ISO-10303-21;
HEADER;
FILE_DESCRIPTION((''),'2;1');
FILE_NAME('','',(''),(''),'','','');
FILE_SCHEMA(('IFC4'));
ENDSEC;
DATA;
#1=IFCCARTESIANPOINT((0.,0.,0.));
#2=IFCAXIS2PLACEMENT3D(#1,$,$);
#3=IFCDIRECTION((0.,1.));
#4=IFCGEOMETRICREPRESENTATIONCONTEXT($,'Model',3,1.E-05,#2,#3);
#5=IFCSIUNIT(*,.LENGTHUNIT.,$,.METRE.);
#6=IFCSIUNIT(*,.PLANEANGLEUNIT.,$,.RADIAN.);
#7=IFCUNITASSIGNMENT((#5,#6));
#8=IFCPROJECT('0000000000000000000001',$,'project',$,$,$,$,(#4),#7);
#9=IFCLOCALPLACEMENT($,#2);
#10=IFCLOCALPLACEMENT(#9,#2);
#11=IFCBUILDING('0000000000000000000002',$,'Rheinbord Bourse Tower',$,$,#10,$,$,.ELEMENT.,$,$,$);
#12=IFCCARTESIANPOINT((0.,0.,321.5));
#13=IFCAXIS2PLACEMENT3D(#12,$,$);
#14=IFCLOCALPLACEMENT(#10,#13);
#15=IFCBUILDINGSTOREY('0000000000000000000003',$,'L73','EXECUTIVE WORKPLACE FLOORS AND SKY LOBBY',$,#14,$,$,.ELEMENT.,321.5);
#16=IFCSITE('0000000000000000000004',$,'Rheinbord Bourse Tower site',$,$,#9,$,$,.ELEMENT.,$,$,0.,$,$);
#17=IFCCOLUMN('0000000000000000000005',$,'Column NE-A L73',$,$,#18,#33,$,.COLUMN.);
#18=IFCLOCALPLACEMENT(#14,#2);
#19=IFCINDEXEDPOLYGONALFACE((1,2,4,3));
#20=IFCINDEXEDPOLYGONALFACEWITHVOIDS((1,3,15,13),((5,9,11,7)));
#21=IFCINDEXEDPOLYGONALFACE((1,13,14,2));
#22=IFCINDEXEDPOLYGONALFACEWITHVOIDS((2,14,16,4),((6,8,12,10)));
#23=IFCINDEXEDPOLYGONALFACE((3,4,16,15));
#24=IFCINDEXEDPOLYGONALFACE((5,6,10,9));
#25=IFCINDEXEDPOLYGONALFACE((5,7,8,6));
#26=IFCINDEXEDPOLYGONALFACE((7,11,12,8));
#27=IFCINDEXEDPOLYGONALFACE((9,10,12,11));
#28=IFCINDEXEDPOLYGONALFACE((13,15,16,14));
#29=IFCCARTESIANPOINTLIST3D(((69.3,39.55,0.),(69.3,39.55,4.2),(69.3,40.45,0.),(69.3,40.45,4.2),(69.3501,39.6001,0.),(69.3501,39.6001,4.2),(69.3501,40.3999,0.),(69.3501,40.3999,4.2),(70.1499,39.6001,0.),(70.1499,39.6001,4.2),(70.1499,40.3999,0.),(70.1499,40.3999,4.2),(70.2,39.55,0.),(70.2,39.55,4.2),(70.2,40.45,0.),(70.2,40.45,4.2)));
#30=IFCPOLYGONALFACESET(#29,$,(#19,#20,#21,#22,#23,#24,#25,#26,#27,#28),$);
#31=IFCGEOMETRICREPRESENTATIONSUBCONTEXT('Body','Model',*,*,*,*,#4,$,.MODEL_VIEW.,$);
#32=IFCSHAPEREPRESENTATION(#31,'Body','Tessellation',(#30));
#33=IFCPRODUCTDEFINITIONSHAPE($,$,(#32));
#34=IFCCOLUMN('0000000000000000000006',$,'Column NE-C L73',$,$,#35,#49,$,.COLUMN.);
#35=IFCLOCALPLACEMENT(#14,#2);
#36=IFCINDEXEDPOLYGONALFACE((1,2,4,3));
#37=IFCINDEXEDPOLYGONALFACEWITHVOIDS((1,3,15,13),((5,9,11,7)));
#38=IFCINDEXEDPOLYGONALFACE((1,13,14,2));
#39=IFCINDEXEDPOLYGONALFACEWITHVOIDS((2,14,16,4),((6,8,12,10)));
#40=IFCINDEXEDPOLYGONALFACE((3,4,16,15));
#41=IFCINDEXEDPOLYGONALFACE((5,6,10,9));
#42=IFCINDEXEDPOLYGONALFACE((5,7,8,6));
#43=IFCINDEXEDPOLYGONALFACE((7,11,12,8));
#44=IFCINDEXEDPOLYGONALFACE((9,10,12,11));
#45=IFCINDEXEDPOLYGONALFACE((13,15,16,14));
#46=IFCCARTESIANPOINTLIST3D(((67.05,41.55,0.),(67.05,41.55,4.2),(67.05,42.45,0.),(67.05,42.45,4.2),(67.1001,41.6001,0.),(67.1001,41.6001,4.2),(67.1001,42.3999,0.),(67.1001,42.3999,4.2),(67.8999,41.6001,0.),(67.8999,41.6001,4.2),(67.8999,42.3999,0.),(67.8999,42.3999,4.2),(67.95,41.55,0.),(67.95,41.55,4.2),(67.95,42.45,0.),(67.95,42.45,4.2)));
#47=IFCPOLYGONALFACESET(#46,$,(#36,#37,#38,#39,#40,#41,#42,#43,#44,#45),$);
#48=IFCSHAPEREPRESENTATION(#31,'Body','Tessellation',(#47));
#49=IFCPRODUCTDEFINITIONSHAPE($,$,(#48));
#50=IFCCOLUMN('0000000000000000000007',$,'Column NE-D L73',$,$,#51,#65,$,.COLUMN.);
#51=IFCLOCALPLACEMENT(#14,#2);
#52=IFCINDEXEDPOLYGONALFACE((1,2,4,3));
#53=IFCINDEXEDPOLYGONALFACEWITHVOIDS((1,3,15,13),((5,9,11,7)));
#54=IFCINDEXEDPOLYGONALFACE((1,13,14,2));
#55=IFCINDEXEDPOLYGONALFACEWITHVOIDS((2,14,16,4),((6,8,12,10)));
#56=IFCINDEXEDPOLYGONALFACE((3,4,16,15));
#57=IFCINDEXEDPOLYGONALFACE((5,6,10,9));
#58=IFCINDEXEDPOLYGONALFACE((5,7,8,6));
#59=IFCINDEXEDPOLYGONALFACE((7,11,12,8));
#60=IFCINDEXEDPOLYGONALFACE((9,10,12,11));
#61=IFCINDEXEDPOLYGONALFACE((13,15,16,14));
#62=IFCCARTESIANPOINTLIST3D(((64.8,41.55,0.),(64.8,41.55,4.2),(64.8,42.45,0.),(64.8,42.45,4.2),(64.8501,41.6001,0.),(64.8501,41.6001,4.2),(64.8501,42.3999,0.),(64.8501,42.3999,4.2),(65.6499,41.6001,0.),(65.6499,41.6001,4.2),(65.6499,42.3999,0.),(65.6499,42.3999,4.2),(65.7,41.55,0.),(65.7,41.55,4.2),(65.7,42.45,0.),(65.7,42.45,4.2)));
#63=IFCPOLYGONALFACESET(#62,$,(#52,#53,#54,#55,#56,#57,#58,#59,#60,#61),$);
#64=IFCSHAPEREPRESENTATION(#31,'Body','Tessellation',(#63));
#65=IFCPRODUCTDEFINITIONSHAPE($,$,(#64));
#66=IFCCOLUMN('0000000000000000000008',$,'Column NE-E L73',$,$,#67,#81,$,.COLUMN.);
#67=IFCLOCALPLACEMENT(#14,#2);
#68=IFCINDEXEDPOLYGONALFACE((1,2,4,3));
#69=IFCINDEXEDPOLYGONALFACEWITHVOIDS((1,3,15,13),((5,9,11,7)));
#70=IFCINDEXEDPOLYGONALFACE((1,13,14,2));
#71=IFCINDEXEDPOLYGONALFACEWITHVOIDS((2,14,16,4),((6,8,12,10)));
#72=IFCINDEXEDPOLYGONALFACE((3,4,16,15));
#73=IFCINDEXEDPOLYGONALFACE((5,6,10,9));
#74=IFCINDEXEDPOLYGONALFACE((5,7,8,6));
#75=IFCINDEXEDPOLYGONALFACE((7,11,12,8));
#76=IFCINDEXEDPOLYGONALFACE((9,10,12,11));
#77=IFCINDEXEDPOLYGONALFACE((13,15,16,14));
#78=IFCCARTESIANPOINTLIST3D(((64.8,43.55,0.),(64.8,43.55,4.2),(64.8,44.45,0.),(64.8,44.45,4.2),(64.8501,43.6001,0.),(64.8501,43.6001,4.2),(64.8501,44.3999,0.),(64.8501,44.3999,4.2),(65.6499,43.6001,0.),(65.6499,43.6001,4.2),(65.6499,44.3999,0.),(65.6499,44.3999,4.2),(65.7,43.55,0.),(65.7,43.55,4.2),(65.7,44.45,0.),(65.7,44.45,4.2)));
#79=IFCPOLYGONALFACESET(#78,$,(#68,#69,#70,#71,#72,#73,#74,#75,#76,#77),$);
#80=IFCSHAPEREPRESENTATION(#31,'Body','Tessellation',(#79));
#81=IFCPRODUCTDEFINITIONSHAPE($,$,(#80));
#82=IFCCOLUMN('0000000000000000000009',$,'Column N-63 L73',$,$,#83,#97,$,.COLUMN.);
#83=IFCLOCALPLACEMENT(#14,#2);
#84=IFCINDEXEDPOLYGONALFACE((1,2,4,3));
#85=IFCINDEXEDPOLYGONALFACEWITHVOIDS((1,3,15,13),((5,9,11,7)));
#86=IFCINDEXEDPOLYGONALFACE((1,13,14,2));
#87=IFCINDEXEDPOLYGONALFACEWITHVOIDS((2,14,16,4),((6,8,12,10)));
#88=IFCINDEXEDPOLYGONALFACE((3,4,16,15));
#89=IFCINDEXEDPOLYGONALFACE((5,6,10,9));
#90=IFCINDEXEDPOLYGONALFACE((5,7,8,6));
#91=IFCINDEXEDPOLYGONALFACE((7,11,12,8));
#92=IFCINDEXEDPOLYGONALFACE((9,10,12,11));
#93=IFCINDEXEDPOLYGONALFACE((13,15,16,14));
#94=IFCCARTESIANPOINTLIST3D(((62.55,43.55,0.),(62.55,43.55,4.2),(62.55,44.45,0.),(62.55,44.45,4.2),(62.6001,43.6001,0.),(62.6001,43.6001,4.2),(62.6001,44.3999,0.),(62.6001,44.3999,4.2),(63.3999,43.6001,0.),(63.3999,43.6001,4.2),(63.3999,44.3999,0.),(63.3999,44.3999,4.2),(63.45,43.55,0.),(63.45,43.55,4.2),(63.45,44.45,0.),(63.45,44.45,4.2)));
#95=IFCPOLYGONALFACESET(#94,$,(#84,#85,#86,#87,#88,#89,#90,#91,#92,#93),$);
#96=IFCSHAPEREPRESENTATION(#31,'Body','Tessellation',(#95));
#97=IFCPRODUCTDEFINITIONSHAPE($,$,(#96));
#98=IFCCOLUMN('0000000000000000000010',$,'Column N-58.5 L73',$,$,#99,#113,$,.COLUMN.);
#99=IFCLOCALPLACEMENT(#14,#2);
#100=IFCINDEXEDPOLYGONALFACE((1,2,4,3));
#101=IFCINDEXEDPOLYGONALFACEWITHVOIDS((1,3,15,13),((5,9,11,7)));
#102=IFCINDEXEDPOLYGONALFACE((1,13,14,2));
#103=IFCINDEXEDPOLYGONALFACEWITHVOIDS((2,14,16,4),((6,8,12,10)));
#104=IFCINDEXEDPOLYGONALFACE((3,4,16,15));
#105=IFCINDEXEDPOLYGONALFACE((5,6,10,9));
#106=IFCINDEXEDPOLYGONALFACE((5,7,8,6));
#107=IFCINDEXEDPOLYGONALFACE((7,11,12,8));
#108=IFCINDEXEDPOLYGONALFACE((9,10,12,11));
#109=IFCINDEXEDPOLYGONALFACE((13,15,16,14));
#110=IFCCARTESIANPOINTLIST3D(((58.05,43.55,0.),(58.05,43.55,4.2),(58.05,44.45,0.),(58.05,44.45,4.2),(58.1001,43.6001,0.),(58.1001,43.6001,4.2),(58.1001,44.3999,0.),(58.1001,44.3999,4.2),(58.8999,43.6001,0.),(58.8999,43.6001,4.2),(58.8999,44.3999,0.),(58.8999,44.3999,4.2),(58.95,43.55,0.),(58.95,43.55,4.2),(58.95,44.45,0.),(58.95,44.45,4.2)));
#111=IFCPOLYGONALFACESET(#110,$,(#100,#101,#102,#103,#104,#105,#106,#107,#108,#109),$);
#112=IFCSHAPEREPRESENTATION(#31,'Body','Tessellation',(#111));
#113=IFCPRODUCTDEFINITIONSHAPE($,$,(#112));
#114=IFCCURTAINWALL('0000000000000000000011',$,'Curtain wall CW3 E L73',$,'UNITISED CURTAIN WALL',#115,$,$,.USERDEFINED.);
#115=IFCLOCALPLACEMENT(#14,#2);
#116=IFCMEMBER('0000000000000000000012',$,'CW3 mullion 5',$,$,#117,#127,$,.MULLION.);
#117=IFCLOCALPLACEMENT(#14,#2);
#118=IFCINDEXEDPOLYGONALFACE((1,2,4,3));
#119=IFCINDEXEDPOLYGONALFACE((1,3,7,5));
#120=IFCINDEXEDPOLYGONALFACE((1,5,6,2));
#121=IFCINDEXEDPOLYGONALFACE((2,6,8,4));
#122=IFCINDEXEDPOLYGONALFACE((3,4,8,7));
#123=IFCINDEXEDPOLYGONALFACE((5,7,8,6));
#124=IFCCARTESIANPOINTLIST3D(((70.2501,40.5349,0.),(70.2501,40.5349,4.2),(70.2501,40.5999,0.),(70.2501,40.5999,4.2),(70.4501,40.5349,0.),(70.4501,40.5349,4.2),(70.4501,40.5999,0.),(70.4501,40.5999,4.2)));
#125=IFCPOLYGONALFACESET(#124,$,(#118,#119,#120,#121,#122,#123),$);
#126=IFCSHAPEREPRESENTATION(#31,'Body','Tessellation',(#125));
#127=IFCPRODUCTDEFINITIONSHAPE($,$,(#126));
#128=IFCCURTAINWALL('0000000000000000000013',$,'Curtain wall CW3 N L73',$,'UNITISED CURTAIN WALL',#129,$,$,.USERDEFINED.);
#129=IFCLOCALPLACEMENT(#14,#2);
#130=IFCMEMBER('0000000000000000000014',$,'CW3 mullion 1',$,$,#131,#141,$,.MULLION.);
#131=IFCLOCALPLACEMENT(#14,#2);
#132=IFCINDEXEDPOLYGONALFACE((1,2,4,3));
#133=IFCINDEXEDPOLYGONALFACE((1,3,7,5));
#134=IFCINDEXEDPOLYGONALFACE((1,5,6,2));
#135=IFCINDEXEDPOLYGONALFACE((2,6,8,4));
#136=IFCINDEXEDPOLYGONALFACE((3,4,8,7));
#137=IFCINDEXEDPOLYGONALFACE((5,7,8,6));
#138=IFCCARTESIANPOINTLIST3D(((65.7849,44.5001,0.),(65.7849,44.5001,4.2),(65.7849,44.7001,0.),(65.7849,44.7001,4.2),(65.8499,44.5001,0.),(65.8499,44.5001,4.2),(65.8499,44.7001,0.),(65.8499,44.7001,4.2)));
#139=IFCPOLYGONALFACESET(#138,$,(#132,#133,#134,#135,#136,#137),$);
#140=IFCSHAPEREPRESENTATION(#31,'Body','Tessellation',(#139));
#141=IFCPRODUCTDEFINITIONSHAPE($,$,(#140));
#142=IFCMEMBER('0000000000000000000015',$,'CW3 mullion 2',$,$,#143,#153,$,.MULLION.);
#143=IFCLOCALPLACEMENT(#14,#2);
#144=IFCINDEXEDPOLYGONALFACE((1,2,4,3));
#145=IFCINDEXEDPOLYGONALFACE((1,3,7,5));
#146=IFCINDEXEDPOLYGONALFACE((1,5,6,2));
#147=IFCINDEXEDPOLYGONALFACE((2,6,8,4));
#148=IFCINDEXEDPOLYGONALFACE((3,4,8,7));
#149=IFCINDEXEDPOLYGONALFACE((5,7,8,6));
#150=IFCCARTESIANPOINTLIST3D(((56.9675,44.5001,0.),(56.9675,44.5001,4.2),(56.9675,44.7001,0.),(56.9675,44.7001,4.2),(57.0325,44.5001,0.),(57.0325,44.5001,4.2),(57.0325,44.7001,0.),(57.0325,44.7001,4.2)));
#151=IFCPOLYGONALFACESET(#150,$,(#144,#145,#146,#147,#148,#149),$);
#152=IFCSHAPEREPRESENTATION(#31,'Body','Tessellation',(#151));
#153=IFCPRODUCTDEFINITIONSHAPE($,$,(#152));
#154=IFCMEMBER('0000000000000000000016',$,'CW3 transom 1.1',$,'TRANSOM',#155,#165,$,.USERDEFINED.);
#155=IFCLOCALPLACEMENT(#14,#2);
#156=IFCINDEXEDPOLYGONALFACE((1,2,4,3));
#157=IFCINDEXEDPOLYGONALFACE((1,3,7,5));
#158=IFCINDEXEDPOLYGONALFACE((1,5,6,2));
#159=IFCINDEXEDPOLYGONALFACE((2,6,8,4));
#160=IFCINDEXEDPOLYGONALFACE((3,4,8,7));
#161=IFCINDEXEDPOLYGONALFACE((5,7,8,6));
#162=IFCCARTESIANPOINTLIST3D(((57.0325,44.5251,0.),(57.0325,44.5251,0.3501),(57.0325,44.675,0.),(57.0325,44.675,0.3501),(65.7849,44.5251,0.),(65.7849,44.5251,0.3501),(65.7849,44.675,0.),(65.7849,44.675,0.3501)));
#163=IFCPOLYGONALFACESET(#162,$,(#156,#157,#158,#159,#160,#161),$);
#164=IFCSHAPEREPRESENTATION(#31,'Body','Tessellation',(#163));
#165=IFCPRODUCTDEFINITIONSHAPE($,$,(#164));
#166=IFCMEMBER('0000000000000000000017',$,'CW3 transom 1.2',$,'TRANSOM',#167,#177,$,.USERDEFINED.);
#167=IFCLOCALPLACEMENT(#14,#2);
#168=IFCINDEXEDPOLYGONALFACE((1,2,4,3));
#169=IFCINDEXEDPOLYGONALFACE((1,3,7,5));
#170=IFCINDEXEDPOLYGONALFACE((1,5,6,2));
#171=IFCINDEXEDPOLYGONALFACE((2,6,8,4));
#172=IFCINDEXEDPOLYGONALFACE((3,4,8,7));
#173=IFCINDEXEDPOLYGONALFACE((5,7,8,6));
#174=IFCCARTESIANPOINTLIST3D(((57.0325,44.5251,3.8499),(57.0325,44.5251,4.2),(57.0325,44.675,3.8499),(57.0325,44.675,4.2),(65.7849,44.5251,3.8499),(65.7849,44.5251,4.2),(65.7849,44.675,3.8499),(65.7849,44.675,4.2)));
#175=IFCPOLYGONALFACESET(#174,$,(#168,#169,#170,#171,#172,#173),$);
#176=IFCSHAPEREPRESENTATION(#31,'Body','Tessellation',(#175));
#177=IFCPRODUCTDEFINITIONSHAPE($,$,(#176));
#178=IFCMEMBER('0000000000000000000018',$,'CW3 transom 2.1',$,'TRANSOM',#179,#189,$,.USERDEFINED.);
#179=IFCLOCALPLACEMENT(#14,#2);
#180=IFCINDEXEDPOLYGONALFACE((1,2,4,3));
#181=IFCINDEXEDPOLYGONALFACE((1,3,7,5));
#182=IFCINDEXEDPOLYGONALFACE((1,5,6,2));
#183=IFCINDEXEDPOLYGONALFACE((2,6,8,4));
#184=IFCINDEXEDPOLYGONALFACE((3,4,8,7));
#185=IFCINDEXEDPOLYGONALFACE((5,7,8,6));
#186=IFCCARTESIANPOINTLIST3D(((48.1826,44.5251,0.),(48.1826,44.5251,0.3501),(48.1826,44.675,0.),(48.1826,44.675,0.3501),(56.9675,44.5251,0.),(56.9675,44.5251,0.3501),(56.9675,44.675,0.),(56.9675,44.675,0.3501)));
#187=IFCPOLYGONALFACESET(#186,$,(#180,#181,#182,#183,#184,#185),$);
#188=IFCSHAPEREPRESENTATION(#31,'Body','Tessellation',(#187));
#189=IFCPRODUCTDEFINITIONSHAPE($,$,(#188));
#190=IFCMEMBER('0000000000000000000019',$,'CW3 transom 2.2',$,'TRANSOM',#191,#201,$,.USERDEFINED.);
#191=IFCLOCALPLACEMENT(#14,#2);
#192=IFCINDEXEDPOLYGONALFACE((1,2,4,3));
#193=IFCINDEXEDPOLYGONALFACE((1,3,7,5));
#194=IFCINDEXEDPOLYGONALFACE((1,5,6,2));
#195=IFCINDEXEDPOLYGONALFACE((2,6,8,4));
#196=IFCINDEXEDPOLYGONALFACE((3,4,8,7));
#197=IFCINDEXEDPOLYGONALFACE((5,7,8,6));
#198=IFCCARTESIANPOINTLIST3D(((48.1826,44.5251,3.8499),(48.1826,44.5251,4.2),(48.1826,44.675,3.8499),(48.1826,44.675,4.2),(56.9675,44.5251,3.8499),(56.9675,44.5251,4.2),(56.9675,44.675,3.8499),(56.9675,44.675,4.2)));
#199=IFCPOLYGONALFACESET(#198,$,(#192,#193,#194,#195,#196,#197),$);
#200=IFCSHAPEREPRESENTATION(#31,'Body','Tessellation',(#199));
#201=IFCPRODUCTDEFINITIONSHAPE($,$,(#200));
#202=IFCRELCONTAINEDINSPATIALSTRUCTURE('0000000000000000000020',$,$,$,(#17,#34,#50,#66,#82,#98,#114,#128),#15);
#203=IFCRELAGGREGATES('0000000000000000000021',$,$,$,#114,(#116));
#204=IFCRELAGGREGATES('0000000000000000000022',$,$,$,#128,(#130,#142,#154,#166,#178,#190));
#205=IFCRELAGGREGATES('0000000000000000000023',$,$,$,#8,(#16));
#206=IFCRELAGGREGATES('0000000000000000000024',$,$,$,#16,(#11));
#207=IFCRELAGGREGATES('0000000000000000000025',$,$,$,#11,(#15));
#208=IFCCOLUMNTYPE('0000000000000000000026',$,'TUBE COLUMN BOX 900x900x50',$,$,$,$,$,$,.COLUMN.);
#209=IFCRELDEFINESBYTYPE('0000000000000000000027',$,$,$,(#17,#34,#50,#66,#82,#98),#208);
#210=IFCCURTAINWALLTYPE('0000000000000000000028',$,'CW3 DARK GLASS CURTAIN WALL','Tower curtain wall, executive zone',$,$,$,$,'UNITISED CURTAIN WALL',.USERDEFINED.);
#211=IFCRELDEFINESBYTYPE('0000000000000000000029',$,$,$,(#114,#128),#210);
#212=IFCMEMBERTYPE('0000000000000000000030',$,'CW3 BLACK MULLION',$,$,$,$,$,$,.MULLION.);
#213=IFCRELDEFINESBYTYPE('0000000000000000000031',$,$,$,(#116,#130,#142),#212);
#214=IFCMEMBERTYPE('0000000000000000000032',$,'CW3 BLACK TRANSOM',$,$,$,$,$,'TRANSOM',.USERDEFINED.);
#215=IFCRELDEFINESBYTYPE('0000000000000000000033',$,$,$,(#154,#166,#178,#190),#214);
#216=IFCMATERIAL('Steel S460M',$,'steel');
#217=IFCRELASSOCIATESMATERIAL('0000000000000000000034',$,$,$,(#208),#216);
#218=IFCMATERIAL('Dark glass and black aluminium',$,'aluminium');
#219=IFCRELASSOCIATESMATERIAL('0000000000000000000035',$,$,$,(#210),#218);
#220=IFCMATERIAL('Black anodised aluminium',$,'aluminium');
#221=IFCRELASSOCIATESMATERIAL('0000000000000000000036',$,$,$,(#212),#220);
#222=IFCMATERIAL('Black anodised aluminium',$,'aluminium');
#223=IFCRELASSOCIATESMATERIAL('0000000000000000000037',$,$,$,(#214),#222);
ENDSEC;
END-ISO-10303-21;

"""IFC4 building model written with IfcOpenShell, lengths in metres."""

from ifc_helpers import new_model, si_unit, direction, frame, origin, origin_2d, place, context, subcontext, project, spatial, rectangle, hollow_rectangle, extrude, material, material_profile, profile_set, type_object, element, aggregate, save


model = new_model("IFC4")

# Units and contexts
model_context = context("Model", 3, precision=1e-05, world=origin(), true_north=direction((0.0, 1.0)))
body_context = subcontext(model_context, "Body", "Model", "MODEL_VIEW")
ifc_project = project(units=[si_unit("LENGTHUNIT", "METRE"), si_unit("PLANEANGLEUNIT", "RADIAN")], contexts=[model_context])

# Site, building, storey
site_placement = place(None, origin())
site = spatial("IfcSite", under=ifc_project, at=site_placement, Name="Rheinbord Bourse Tower site", CompositionType="ELEMENT", RefElevation=0.0)
building_placement = place(site_placement, origin())
building = spatial("IfcBuilding", under=site, at=building_placement, Name="Rheinbord Bourse Tower", CompositionType="ELEMENT")
storey_placement = place(building_placement, frame((0.0, 0.0, 321.5)))
storey = spatial("IfcBuildingStorey", under=building, at=storey_placement, Name="L73", Description="EXECUTIVE WORKPLACE FLOORS AND SKY LOBBY", CompositionType="ELEMENT", Elevation=321.5)

# Columns
ifc_material_1 = material(Name="Steel S460M", Category="steel")
ifc_material_profile_1 = material_profile(ifc_material_1, hollow_rectangle(XDim=0.8999, YDim=0.8999, WallThickness=0.05, at=origin_2d()), Name="BOX 900x900x50")
ifc_profile_set_1 = profile_set([ifc_material_profile_1], Name="Steel S460M")
column_type = type_object("IfcColumnType", Name="TUBE COLUMN BOX 900x900x50", PredefinedType="COLUMN", material=ifc_profile_set_1)
for number, where, z_axis, x_axis, name in (
    (1, (69.75, 40.0, 0.0), (0.0, 0.0, 1.0), (1.0, 0.0, 0.0), "Column NE-A L73"),
    (2, (67.5, 42.0, 0.0), (0.0, 0.0, 1.0), (1.0, 0.0, 0.0), "Column NE-C L73"),
    (3, (65.25, 42.0, 0.0), (0.0, 0.0, 1.0), (0.0, 1.0, 0.0), "Column NE-D L73"),
    (4, (65.25, 44.0, 0.0), (0.0, 0.0, 1.0), (0.0, 1.0, 0.0), "Column NE-E L73"),
    (5, (63.0, 44.0, 0.0), (0.0, 0.0, 1.0), (0.0, 1.0, 0.0), "Column N-63 L73"),
    (6, (58.5, 44.0, 0.0), (0.0, 0.0, 1.0), (0.0, 1.0, 0.0), "Column N-58.5 L73"),
):
    element("IfcColumn", number, at=place(storey_placement, frame(where, z_axis=z_axis, x_axis=x_axis)), inside=storey, type_object=column_type, Name=name, PredefinedType="COLUMN", context=body_context, shape_type="SweptSolid", body=[
        extrude(hollow_rectangle(XDim=0.8999, YDim=0.8999, WallThickness=0.05, at=origin_2d()), origin(), (0.0, 0.0, 1.0), 4.2),
    ])

# Curtain wall, member
ifc_material_2 = material(Name="Dark glass and black aluminium", Category="aluminium")
curtain_wall_type = type_object("IfcCurtainWallType", Name="CW3 DARK GLASS CURTAIN WALL", Description="Tower curtain wall, executive zone", ElementType="UNITISED CURTAIN WALL", PredefinedType="USERDEFINED", material=ifc_material_2)
curtain_wall_1_placement = place(storey_placement, origin())
curtain_wall_1 = element("IfcCurtainWall", 7, at=curtain_wall_1_placement, inside=storey, type_object=curtain_wall_type, Name="Curtain wall CW3 E L73", ObjectType="UNITISED CURTAIN WALL", PredefinedType="USERDEFINED")
ifc_material_3 = material(Name="Black anodised aluminium", Category="aluminium")
ifc_material_profile_2 = material_profile(ifc_material_3, rectangle(XDim=0.2, YDim=0.0649, at=origin_2d()), Name="CW3 MULLION 65x200")
ifc_profile_set_2 = profile_set([ifc_material_profile_2], Name="Black anodised aluminium")
member_type_1 = type_object("IfcMemberType", Name="CW3 BLACK MULLION", PredefinedType="MULLION", material=ifc_profile_set_2)
member_1_placement = place(storey_placement, frame((70.3501, 40.5674, 0.0), z_axis=(0.0, 0.0, 1.0), x_axis=(-1.0, 0.0, 0.0)))
member_1 = element("IfcMember", 8, at=member_1_placement, type_object=member_type_1, Name="CW3 mullion 5", PredefinedType="MULLION", context=body_context, shape_type="SweptSolid", body=[
    extrude(rectangle(XDim=0.2, YDim=0.0649, at=origin_2d()), origin(), (0.0, 0.0, 1.0), 4.2),
])

# Curtain wall, members
curtain_wall_2_placement = place(storey_placement, origin())
curtain_wall_2 = element("IfcCurtainWall", 9, at=curtain_wall_2_placement, inside=storey, type_object=curtain_wall_type, Name="Curtain wall CW3 N L73", ObjectType="UNITISED CURTAIN WALL", PredefinedType="USERDEFINED")
member_2_placement = place(storey_placement, frame((65.8174, 44.6001, 0.0), z_axis=(0.0, 0.0, 1.0), x_axis=(0.0, -1.0, 0.0)))
member_2 = element("IfcMember", 10, at=member_2_placement, type_object=member_type_1, Name="CW3 mullion 1", PredefinedType="MULLION", context=body_context, shape_type="SweptSolid", body=[
    extrude(rectangle(XDim=0.2, YDim=0.0649, at=origin_2d()), origin(), (0.0, 0.0, 1.0), 4.2),
])
member_3_placement = place(storey_placement, frame((57.0, 44.6001, 0.0), z_axis=(0.0, 0.0, 1.0), x_axis=(0.0, -1.0, 0.0)))
member_3 = element("IfcMember", 11, at=member_3_placement, type_object=member_type_1, Name="CW3 mullion 2", PredefinedType="MULLION", context=body_context, shape_type="SweptSolid", body=[
    extrude(rectangle(XDim=0.2, YDim=0.0649, at=origin_2d()), origin(), (0.0, 0.0, 1.0), 4.2),
])
ifc_material_4 = material(Name="Black anodised aluminium", Category="aluminium")
ifc_material_profile_3 = material_profile(ifc_material_4, rectangle(XDim=0.1499, YDim=0.3501, at=origin_2d()), Name="CW3 TRANSOM 350x150")
ifc_profile_set_3 = profile_set([ifc_material_profile_3], Name="Black anodised aluminium")
member_type_2 = type_object("IfcMemberType", Name="CW3 BLACK TRANSOM", ElementType="TRANSOM", PredefinedType="USERDEFINED", material=ifc_profile_set_3)
member_4_placement = place(storey_placement, frame((65.7849, 44.6001, 0.175), z_axis=(-1.0, 0.0, 0.0), x_axis=(0.0, -1.0, 0.0)))
member_4 = element("IfcMember", 12, at=member_4_placement, type_object=member_type_2, Name="CW3 transom 1.1", ObjectType="TRANSOM", PredefinedType="USERDEFINED", context=body_context, shape_type="SweptSolid", body=[
    extrude(rectangle(XDim=0.1499, YDim=0.3501, at=origin_2d()), origin(), (0.0, 0.0, 1.0), 8.7524),
])
member_5_placement = place(storey_placement, frame((65.7849, 44.6001, 4.0249), z_axis=(-1.0, 0.0, 0.0), x_axis=(0.0, -1.0, 0.0)))
member_5 = element("IfcMember", 13, at=member_5_placement, type_object=member_type_2, Name="CW3 transom 1.2", ObjectType="TRANSOM", PredefinedType="USERDEFINED", context=body_context, shape_type="SweptSolid", body=[
    extrude(rectangle(XDim=0.1499, YDim=0.3501, at=origin_2d()), origin(), (0.0, 0.0, 1.0), 8.7524),
])
member_6_placement = place(storey_placement, frame((56.9675, 44.6001, 0.175), z_axis=(-1.0, 0.0, 0.0), x_axis=(0.0, -1.0, 0.0)))
member_6 = element("IfcMember", 14, at=member_6_placement, type_object=member_type_2, Name="CW3 transom 2.1", ObjectType="TRANSOM", PredefinedType="USERDEFINED", context=body_context, shape_type="SweptSolid", body=[
    extrude(rectangle(XDim=0.1499, YDim=0.3501, at=origin_2d()), origin(), (0.0, 0.0, 1.0), 8.7849),
])
member_7_placement = place(storey_placement, frame((56.9675, 44.6001, 4.0249), z_axis=(-1.0, 0.0, 0.0), x_axis=(0.0, -1.0, 0.0)))
member_7 = element("IfcMember", 15, at=member_7_placement, type_object=member_type_2, Name="CW3 transom 2.2", ObjectType="TRANSOM", PredefinedType="USERDEFINED", context=body_context, shape_type="SweptSolid", body=[
    extrude(rectangle(XDim=0.1499, YDim=0.3501, at=origin_2d()), origin(), (0.0, 0.0, 1.0), 8.7849),
])

aggregate(curtain_wall_1, [member_1])
aggregate(curtain_wall_2, [member_2, member_3, member_4, member_5, member_6, member_7])

save(model, "model.ifc")
